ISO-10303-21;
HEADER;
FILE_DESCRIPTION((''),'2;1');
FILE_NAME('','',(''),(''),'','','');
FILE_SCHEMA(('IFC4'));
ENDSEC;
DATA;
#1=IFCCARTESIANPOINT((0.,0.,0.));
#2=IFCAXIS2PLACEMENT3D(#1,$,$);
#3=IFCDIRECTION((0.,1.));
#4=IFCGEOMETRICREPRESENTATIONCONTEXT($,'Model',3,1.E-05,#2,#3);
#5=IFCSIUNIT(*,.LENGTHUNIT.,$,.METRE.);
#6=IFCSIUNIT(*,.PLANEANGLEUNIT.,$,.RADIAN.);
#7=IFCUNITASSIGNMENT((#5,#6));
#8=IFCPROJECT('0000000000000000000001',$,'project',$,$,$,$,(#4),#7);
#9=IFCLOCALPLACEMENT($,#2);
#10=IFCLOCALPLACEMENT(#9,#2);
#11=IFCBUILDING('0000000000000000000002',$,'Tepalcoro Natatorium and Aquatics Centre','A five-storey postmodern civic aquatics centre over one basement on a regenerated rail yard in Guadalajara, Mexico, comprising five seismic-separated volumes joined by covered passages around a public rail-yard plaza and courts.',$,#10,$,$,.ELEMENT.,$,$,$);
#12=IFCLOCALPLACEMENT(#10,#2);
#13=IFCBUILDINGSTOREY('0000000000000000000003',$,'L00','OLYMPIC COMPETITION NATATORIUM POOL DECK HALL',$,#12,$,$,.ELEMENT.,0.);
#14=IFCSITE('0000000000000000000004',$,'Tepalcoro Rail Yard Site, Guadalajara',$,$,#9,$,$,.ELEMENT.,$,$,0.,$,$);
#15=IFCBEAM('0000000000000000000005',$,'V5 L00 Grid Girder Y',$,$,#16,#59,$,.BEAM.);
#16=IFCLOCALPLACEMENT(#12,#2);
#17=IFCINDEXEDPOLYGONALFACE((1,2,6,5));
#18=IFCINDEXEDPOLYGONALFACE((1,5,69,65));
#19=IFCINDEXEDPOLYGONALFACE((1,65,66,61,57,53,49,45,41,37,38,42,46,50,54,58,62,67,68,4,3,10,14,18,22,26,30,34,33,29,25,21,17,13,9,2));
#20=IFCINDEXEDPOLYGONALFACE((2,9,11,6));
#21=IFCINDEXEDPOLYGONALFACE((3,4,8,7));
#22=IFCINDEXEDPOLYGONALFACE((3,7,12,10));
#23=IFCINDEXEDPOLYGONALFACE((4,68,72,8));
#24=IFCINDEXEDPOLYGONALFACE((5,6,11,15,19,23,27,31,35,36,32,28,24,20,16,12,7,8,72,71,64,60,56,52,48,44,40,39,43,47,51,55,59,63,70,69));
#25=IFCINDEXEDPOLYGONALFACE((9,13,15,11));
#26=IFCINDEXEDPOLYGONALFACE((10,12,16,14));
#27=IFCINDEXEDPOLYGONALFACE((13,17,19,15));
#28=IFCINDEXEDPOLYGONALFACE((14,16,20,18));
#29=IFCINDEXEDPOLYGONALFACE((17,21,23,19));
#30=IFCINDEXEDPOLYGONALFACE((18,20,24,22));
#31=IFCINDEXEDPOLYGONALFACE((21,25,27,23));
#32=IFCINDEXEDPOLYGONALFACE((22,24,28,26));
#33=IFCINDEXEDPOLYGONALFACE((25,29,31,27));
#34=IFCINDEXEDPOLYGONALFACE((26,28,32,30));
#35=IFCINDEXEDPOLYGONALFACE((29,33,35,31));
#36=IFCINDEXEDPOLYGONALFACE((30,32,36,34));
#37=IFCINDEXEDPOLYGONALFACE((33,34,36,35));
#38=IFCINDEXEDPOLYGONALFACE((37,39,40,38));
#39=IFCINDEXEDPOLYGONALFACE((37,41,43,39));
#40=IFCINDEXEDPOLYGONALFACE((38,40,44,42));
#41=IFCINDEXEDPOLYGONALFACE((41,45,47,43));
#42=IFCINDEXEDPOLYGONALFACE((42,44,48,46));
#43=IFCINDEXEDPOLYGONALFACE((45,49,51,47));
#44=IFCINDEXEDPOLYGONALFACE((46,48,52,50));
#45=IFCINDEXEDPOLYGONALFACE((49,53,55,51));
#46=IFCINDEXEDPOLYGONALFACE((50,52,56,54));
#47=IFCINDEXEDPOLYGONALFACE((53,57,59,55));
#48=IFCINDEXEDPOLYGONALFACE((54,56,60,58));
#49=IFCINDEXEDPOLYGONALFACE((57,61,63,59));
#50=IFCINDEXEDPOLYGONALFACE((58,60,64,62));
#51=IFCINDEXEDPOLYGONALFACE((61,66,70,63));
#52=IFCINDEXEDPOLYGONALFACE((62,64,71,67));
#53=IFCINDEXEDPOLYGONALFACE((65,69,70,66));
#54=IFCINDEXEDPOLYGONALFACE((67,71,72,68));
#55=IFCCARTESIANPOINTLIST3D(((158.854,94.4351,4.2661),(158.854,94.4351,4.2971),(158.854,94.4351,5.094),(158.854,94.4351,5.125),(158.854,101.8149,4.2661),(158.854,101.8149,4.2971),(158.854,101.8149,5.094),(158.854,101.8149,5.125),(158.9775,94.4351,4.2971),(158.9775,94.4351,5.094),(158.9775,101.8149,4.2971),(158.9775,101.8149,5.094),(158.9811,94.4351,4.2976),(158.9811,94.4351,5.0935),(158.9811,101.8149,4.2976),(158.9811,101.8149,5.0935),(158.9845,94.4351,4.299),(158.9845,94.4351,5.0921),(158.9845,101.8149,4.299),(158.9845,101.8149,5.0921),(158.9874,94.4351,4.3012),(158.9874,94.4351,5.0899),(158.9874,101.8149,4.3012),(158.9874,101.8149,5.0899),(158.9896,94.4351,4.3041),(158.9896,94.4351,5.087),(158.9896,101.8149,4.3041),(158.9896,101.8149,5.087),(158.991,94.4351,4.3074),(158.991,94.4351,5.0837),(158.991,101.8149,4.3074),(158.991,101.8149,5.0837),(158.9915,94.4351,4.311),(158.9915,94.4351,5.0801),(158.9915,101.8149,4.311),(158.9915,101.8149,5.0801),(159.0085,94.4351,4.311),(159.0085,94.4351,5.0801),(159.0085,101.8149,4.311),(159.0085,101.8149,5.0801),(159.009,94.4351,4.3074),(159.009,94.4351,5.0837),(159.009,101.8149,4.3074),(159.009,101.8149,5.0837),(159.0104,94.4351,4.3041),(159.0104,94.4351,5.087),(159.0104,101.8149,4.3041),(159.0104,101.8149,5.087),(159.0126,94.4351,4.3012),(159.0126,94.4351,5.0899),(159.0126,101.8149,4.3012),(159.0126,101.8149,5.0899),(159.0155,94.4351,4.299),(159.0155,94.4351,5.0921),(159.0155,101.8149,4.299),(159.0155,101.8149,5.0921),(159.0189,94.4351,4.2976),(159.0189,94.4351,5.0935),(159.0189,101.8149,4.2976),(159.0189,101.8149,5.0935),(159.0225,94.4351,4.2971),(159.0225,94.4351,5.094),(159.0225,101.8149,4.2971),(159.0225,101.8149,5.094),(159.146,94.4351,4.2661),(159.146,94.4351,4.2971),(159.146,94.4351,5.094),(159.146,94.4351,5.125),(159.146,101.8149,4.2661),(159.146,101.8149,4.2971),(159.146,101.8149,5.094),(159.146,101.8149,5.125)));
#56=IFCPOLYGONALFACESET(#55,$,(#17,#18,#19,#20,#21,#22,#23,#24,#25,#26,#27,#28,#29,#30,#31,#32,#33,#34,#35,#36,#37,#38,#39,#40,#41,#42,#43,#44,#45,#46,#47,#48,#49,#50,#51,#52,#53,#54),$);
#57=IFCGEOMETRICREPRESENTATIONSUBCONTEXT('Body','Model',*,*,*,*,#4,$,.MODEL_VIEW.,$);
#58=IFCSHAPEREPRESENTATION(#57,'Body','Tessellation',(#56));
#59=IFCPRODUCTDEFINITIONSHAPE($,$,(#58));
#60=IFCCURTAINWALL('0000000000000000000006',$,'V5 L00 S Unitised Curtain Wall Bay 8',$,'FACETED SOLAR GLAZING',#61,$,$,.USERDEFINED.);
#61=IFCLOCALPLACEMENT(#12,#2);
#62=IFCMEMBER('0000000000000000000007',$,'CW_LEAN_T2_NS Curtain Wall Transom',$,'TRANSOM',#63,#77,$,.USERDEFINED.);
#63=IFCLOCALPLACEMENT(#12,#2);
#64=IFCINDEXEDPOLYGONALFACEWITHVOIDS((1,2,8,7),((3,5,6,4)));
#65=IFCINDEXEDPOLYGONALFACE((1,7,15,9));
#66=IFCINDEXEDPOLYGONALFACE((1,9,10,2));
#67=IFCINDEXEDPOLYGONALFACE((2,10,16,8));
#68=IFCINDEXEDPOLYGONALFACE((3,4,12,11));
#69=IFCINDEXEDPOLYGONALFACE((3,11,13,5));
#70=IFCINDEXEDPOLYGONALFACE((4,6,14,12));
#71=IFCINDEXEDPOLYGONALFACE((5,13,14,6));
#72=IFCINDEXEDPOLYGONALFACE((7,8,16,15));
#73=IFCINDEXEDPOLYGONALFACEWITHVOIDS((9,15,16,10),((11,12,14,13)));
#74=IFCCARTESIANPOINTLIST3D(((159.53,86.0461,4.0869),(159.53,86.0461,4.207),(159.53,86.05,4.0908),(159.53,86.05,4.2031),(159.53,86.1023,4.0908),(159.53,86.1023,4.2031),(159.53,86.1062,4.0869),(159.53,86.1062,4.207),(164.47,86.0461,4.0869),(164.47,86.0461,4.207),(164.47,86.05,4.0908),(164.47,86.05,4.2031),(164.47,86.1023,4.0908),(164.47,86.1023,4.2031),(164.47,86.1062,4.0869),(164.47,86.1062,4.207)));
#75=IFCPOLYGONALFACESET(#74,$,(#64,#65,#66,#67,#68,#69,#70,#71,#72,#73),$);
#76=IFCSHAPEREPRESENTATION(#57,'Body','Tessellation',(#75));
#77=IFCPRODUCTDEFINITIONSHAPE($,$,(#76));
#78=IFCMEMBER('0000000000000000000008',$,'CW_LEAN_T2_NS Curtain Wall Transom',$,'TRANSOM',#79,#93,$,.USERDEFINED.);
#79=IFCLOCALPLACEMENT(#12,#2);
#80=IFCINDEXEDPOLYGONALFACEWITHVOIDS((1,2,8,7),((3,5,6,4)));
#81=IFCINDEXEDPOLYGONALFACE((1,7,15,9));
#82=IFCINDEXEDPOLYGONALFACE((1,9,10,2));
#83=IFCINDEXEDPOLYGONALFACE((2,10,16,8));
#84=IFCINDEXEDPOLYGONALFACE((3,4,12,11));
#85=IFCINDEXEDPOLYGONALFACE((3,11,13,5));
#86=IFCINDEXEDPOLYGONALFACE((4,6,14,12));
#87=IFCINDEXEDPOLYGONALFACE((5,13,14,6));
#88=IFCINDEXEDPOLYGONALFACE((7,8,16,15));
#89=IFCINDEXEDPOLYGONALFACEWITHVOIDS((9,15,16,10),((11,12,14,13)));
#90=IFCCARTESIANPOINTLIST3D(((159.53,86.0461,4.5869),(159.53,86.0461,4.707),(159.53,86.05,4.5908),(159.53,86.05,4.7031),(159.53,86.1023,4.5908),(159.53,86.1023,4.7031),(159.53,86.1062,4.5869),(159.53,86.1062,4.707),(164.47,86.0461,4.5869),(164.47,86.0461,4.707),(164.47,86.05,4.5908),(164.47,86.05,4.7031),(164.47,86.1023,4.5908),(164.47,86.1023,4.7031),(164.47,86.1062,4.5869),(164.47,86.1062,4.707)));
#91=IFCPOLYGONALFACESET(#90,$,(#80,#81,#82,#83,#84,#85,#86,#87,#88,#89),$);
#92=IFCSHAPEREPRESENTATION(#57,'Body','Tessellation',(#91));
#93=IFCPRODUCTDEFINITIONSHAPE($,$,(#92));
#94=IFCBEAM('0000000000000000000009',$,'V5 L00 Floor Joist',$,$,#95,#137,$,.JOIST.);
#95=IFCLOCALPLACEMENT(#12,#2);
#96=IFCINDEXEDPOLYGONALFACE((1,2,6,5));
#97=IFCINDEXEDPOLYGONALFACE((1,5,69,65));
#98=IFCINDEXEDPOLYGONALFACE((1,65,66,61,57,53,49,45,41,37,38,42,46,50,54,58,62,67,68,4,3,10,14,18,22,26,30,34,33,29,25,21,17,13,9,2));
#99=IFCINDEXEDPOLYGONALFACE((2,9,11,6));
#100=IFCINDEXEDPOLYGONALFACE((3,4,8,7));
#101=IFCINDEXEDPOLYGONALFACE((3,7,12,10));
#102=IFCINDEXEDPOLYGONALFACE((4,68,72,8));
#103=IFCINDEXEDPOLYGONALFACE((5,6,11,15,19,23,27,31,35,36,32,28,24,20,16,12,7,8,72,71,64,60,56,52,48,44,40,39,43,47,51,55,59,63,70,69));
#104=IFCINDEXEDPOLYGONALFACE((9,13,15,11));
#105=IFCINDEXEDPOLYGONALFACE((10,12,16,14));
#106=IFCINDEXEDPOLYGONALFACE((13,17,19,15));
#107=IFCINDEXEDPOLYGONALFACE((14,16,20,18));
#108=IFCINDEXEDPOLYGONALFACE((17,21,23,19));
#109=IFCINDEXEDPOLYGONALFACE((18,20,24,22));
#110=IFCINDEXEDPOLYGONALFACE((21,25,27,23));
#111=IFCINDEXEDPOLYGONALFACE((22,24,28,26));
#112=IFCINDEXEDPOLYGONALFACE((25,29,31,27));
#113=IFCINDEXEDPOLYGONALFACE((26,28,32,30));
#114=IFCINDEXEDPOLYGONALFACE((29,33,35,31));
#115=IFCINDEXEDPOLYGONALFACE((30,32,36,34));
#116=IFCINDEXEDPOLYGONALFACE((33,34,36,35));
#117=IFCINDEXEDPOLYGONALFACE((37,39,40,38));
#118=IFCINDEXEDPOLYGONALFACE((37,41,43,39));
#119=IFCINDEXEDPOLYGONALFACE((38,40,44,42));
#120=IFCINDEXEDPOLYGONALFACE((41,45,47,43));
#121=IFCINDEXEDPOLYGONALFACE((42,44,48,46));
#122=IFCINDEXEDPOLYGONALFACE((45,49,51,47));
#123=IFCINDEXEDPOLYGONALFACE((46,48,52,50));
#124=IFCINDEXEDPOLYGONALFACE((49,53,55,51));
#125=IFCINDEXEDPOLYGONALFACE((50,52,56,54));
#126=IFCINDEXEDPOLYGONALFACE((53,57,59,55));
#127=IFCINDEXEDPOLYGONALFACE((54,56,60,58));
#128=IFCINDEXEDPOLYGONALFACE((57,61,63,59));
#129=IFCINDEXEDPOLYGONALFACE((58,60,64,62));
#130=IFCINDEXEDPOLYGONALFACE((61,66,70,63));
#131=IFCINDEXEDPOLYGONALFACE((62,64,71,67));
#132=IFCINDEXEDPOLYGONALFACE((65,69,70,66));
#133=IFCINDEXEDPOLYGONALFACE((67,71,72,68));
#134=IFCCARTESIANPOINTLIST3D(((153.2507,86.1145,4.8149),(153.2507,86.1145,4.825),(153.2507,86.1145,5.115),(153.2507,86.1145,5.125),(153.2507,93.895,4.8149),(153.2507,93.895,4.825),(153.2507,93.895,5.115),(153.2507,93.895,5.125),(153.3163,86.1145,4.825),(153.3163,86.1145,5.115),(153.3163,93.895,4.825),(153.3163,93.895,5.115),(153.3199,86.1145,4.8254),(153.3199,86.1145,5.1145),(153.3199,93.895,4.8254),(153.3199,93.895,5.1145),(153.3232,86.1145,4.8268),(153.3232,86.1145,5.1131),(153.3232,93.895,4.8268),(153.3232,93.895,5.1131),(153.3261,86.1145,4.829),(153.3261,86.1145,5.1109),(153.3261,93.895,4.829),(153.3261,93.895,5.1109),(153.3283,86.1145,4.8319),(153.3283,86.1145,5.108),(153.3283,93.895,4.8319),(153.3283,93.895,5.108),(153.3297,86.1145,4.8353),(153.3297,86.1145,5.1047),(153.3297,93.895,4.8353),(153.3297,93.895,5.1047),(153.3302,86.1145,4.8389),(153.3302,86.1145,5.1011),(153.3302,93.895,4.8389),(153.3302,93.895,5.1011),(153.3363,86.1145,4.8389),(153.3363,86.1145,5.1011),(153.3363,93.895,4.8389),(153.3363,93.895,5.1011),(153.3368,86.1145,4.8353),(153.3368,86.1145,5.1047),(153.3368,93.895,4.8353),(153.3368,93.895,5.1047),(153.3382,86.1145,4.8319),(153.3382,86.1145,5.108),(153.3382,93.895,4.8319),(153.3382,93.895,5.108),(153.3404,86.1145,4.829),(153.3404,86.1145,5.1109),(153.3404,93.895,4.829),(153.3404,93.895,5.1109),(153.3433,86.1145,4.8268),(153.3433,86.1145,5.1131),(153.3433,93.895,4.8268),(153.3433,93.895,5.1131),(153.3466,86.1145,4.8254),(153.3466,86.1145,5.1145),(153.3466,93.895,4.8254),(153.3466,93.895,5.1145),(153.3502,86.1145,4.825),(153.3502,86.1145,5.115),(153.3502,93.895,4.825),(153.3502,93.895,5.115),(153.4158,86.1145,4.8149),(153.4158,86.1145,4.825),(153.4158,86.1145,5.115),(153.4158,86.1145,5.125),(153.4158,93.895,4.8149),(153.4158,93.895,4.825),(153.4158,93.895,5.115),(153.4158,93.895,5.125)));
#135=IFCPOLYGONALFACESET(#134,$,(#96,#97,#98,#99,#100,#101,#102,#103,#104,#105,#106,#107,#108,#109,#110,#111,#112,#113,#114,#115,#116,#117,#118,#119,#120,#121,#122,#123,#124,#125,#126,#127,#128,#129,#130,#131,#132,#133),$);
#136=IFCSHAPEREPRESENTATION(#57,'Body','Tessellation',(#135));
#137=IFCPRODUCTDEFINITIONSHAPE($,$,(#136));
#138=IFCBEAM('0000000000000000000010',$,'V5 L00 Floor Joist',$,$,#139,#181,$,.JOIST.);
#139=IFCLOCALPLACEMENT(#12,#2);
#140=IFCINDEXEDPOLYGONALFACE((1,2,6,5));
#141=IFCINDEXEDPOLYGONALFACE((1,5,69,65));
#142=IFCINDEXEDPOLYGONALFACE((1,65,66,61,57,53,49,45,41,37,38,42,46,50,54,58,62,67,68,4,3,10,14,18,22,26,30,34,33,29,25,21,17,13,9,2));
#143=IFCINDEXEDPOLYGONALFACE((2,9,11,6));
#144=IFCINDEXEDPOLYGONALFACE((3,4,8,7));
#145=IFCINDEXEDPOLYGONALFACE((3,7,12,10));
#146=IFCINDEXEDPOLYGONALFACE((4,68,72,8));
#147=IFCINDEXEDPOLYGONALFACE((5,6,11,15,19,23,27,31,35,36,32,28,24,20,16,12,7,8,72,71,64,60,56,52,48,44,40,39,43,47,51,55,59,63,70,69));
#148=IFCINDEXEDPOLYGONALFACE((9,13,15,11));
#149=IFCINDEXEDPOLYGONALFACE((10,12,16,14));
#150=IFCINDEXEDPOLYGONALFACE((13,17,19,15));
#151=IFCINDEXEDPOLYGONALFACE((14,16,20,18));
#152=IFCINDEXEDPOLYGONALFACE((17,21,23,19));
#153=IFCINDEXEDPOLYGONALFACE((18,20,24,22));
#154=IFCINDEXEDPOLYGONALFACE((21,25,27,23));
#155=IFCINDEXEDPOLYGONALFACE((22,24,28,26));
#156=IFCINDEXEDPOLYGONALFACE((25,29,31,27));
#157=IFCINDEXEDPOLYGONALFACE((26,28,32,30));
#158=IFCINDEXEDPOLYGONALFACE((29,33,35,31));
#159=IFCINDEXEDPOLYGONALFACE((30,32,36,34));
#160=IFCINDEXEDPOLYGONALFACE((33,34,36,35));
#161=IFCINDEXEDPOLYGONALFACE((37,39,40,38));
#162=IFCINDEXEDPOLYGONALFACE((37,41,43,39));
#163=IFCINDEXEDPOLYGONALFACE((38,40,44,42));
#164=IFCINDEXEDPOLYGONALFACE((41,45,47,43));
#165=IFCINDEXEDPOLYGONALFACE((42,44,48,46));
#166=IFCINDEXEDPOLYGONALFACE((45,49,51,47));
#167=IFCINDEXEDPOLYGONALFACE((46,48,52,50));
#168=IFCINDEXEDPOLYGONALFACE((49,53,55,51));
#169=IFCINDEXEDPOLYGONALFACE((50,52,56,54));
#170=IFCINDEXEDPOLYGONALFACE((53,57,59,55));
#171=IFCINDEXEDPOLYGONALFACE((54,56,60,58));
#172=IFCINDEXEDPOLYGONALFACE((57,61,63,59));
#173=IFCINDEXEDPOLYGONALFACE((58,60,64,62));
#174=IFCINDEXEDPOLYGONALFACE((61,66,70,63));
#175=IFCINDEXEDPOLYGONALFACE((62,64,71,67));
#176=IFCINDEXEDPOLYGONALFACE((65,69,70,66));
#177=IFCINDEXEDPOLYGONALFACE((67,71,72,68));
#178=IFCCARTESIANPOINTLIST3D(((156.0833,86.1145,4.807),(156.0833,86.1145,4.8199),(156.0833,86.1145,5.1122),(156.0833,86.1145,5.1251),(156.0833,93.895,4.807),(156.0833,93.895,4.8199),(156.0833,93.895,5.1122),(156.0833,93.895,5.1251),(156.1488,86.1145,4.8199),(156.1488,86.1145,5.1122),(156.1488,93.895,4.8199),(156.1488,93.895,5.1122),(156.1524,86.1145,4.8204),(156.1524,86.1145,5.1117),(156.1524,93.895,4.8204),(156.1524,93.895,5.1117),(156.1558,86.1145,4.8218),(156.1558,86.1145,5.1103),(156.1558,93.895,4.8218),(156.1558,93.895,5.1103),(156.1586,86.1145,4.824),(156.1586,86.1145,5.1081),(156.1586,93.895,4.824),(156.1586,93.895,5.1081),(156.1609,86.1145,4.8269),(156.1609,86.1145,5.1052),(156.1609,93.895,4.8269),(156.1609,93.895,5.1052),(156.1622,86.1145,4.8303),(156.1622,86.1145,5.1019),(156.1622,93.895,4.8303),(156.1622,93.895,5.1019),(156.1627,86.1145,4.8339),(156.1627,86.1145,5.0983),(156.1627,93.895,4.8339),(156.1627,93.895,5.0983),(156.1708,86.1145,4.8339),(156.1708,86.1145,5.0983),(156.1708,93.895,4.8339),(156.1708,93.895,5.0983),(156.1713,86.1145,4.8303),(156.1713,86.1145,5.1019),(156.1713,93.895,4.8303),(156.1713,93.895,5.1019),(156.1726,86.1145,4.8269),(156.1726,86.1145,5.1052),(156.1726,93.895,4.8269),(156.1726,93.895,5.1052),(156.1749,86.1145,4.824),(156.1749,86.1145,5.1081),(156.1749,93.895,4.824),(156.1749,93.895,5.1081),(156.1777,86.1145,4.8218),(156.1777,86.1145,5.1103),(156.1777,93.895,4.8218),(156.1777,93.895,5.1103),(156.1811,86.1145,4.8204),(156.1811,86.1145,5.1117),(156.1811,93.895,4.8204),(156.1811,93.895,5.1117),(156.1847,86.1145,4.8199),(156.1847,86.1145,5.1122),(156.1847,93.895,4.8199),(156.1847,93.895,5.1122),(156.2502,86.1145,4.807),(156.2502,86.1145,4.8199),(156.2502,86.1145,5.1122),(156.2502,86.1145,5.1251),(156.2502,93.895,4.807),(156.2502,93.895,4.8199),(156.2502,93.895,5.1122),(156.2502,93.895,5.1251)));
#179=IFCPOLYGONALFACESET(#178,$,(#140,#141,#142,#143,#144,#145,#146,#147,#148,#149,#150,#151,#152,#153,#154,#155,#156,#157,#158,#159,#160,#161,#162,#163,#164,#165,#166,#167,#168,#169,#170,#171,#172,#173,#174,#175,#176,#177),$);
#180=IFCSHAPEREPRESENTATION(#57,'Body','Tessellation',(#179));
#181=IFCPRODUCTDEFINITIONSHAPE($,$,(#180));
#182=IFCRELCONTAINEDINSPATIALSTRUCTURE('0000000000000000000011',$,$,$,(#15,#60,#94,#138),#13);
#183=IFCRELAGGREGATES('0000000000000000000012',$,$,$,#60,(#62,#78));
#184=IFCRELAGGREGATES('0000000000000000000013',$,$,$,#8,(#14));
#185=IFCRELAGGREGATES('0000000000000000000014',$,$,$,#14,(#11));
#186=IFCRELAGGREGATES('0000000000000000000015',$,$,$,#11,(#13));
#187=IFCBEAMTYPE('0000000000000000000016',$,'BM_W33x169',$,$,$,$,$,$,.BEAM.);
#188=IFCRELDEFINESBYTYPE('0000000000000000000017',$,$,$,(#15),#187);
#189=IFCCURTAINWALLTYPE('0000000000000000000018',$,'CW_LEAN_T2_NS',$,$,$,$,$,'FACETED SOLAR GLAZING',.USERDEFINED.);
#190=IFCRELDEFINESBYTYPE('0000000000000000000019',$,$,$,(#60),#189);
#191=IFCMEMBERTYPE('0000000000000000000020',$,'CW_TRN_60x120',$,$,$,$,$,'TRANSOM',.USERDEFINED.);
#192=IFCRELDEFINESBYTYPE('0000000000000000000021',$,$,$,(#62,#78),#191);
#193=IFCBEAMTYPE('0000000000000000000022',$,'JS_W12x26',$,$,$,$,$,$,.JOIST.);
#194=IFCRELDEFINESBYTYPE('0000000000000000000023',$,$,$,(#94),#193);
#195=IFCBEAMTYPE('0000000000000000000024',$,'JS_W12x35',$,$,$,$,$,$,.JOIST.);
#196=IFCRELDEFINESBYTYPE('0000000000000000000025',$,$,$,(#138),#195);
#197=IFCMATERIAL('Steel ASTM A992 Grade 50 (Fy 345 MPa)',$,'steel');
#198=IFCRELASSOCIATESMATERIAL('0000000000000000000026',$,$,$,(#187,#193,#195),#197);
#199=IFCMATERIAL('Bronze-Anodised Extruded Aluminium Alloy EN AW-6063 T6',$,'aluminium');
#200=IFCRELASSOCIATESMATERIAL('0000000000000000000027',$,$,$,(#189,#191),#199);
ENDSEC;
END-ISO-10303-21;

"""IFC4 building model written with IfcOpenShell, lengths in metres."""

from ifc_helpers import new_model, si_unit, direction, frame, origin, origin_2d, place, context, subcontext, project, spatial, hollow_rectangle, i_section, extrude, material, material_profile, profile_set, type_object, element, aggregate, save


model = new_model("IFC4")

# Units and contexts
model_context = context("Model", 3, precision=1e-05, world=origin(), true_north=direction((0.0, 1.0)))
body_context = subcontext(model_context, "Body", "Model", "MODEL_VIEW")
ifc_project = project(units=[si_unit("LENGTHUNIT", "METRE"), si_unit("PLANEANGLEUNIT", "RADIAN")], contexts=[model_context])

# Site, building, storey
site_placement = place(None, origin())
site = spatial("IfcSite", under=ifc_project, at=site_placement, Name="Tepalcoro Rail Yard Site, Guadalajara", CompositionType="ELEMENT", RefElevation=0.0)
building_placement = place(site_placement, origin())
building = spatial("IfcBuilding", under=site, at=building_placement, Name="Tepalcoro Natatorium and Aquatics Centre", Description="A five-storey postmodern civic aquatics centre over one basement on a regenerated rail yard in Guadalajara, Mexico, comprising five seismic-separated volumes joined by covered passages around a public rail-yard plaza and courts.", CompositionType="ELEMENT")
storey_placement = place(building_placement, origin())
storey = spatial("IfcBuildingStorey", under=building, at=storey_placement, Name="L00", Description="OLYMPIC COMPETITION NATATORIUM POOL DECK HALL", CompositionType="ELEMENT", Elevation=0.0)

# Beam
ifc_material_1 = material(Name="Steel ASTM A992 Grade 50 (Fy 345 MPa)", Category="steel")
ifc_material_profile_1 = material_profile(ifc_material_1, i_section(OverallWidth=0.292, OverallDepth=0.8589, WebThickness=0.0171, FlangeThickness=0.031, FilletRadius=0.0139, at=origin_2d()), Name="W33X169")
ifc_profile_set_1 = profile_set([ifc_material_profile_1], Name="Steel ASTM A992 Grade 50 (Fy 345 MPa)")
beam_type_1 = type_object("IfcBeamType", Name="BM_W33x169", PredefinedType="BEAM", material=ifc_profile_set_1)
beam_1_placement = place(storey_placement, frame((159.0, 94.4351, 4.6956), z_axis=(0.0, 1.0, 0.0), x_axis=(-1.0, 0.0, 0.0)))
element("IfcBeam", 1, at=beam_1_placement, inside=storey, type_object=beam_type_1, Name="V5 L00 Grid Girder Y", PredefinedType="BEAM", context=body_context, shape_type="SweptSolid", body=[
    extrude(i_section(OverallWidth=0.292, OverallDepth=0.8589, WebThickness=0.0171, FlangeThickness=0.031, FilletRadius=0.0139, at=origin_2d()), origin(), (0.0, 0.0, 1.0), 7.3799),
])

# Curtain wall, members
ifc_material_2 = material(Name="Bronze-Anodised Extruded Aluminium Alloy EN AW-6063 T6", Category="aluminium")
curtain_wall_type = type_object("IfcCurtainWallType", Name="CW_LEAN_T2_NS", ElementType="FACETED SOLAR GLAZING", PredefinedType="USERDEFINED", material=ifc_material_2)
curtain_wall_placement = place(storey_placement, origin())
curtain_wall = element("IfcCurtainWall", 2, at=curtain_wall_placement, inside=storey, type_object=curtain_wall_type, Name="V5 L00 S Unitised Curtain Wall Bay 8", ObjectType="FACETED SOLAR GLAZING", PredefinedType="USERDEFINED")
ifc_material_profile_2 = material_profile(ifc_material_2, hollow_rectangle(XDim=0.0601, YDim=0.1201, WallThickness=0.0039, at=origin_2d()), Name="AL60X120X4")
ifc_profile_set_2 = profile_set([ifc_material_profile_2], Name="Bronze-Anodised Extruded Aluminium Alloy EN AW-6063 T6")
member_type = type_object("IfcMemberType", Name="CW_TRN_60x120", ElementType="TRANSOM", PredefinedType="USERDEFINED", material=ifc_profile_set_2)
member_1_placement = place(storey_placement, frame((159.53, 86.0762, 4.147), z_axis=(1.0, 0.0, 0.0), x_axis=(0.0, 1.0, 0.0)))
member_1 = element("IfcMember", 3, at=member_1_placement, type_object=member_type, Name="CW_LEAN_T2_NS Curtain Wall Transom", ObjectType="TRANSOM", PredefinedType="USERDEFINED", context=body_context, shape_type="SweptSolid", body=[
    extrude(hollow_rectangle(XDim=0.0601, YDim=0.1201, WallThickness=0.0039, at=origin_2d()), origin(), (0.0, 0.0, 1.0), 4.9399),
])
member_2_placement = place(storey_placement, frame((159.53, 86.0762, 4.647), z_axis=(1.0, 0.0, 0.0), x_axis=(0.0, 1.0, 0.0)))
member_2 = element("IfcMember", 4, at=member_2_placement, type_object=member_type, Name="CW_LEAN_T2_NS Curtain Wall Transom", ObjectType="TRANSOM", PredefinedType="USERDEFINED", context=body_context, shape_type="SweptSolid", body=[
    extrude(hollow_rectangle(XDim=0.0601, YDim=0.1201, WallThickness=0.0039, at=origin_2d()), origin(), (0.0, 0.0, 1.0), 4.9399),
])

# Beams
ifc_material_profile_3 = material_profile(ifc_material_1, i_section(OverallWidth=0.165, OverallDepth=0.3101, WebThickness=0.0061, FlangeThickness=0.01, FilletRadius=0.0139, at=origin_2d()), Name="W12X26")
ifc_profile_set_3 = profile_set([ifc_material_profile_3], Name="Steel ASTM A992 Grade 50 (Fy 345 MPa)")
beam_type_2 = type_object("IfcBeamType", Name="JS_W12x26", PredefinedType="JOIST", material=ifc_profile_set_3)
beam_2_placement = place(storey_placement, frame((153.3333, 86.1145, 4.97), z_axis=(0.0, 1.0, 0.0), x_axis=(-1.0, 0.0, 0.0)))
element("IfcBeam", 5, at=beam_2_placement, inside=storey, type_object=beam_type_2, Name="V5 L00 Floor Joist", PredefinedType="JOIST", context=body_context, shape_type="SweptSolid", body=[
    extrude(i_section(OverallWidth=0.165, OverallDepth=0.3101, WebThickness=0.0061, FlangeThickness=0.01, FilletRadius=0.0139, at=origin_2d()), origin(), (0.0, 0.0, 1.0), 7.7805),
])
ifc_material_profile_4 = material_profile(ifc_material_1, i_section(OverallWidth=0.167, OverallDepth=0.3181, WebThickness=0.0081, FlangeThickness=0.0129, FilletRadius=0.0139, at=origin_2d()), Name="W12X35")
ifc_profile_set_4 = profile_set([ifc_material_profile_4], Name="Steel ASTM A992 Grade 50 (Fy 345 MPa)")
beam_type_3 = type_object("IfcBeamType", Name="JS_W12x35", PredefinedType="JOIST", material=ifc_profile_set_4)
beam_3_placement = place(storey_placement, frame((156.1667, 86.1145, 4.9661), z_axis=(0.0, 1.0, 0.0), x_axis=(-1.0, 0.0, 0.0)))
element("IfcBeam", 6, at=beam_3_placement, inside=storey, type_object=beam_type_3, Name="V5 L00 Floor Joist", PredefinedType="JOIST", context=body_context, shape_type="SweptSolid", body=[
    extrude(i_section(OverallWidth=0.167, OverallDepth=0.3181, WebThickness=0.0081, FlangeThickness=0.0129, FilletRadius=0.0139, at=origin_2d()), origin(), (0.0, 0.0, 1.0), 7.7805),
])

aggregate(curtain_wall, [member_1, member_2])

save(model, "model.ifc")
